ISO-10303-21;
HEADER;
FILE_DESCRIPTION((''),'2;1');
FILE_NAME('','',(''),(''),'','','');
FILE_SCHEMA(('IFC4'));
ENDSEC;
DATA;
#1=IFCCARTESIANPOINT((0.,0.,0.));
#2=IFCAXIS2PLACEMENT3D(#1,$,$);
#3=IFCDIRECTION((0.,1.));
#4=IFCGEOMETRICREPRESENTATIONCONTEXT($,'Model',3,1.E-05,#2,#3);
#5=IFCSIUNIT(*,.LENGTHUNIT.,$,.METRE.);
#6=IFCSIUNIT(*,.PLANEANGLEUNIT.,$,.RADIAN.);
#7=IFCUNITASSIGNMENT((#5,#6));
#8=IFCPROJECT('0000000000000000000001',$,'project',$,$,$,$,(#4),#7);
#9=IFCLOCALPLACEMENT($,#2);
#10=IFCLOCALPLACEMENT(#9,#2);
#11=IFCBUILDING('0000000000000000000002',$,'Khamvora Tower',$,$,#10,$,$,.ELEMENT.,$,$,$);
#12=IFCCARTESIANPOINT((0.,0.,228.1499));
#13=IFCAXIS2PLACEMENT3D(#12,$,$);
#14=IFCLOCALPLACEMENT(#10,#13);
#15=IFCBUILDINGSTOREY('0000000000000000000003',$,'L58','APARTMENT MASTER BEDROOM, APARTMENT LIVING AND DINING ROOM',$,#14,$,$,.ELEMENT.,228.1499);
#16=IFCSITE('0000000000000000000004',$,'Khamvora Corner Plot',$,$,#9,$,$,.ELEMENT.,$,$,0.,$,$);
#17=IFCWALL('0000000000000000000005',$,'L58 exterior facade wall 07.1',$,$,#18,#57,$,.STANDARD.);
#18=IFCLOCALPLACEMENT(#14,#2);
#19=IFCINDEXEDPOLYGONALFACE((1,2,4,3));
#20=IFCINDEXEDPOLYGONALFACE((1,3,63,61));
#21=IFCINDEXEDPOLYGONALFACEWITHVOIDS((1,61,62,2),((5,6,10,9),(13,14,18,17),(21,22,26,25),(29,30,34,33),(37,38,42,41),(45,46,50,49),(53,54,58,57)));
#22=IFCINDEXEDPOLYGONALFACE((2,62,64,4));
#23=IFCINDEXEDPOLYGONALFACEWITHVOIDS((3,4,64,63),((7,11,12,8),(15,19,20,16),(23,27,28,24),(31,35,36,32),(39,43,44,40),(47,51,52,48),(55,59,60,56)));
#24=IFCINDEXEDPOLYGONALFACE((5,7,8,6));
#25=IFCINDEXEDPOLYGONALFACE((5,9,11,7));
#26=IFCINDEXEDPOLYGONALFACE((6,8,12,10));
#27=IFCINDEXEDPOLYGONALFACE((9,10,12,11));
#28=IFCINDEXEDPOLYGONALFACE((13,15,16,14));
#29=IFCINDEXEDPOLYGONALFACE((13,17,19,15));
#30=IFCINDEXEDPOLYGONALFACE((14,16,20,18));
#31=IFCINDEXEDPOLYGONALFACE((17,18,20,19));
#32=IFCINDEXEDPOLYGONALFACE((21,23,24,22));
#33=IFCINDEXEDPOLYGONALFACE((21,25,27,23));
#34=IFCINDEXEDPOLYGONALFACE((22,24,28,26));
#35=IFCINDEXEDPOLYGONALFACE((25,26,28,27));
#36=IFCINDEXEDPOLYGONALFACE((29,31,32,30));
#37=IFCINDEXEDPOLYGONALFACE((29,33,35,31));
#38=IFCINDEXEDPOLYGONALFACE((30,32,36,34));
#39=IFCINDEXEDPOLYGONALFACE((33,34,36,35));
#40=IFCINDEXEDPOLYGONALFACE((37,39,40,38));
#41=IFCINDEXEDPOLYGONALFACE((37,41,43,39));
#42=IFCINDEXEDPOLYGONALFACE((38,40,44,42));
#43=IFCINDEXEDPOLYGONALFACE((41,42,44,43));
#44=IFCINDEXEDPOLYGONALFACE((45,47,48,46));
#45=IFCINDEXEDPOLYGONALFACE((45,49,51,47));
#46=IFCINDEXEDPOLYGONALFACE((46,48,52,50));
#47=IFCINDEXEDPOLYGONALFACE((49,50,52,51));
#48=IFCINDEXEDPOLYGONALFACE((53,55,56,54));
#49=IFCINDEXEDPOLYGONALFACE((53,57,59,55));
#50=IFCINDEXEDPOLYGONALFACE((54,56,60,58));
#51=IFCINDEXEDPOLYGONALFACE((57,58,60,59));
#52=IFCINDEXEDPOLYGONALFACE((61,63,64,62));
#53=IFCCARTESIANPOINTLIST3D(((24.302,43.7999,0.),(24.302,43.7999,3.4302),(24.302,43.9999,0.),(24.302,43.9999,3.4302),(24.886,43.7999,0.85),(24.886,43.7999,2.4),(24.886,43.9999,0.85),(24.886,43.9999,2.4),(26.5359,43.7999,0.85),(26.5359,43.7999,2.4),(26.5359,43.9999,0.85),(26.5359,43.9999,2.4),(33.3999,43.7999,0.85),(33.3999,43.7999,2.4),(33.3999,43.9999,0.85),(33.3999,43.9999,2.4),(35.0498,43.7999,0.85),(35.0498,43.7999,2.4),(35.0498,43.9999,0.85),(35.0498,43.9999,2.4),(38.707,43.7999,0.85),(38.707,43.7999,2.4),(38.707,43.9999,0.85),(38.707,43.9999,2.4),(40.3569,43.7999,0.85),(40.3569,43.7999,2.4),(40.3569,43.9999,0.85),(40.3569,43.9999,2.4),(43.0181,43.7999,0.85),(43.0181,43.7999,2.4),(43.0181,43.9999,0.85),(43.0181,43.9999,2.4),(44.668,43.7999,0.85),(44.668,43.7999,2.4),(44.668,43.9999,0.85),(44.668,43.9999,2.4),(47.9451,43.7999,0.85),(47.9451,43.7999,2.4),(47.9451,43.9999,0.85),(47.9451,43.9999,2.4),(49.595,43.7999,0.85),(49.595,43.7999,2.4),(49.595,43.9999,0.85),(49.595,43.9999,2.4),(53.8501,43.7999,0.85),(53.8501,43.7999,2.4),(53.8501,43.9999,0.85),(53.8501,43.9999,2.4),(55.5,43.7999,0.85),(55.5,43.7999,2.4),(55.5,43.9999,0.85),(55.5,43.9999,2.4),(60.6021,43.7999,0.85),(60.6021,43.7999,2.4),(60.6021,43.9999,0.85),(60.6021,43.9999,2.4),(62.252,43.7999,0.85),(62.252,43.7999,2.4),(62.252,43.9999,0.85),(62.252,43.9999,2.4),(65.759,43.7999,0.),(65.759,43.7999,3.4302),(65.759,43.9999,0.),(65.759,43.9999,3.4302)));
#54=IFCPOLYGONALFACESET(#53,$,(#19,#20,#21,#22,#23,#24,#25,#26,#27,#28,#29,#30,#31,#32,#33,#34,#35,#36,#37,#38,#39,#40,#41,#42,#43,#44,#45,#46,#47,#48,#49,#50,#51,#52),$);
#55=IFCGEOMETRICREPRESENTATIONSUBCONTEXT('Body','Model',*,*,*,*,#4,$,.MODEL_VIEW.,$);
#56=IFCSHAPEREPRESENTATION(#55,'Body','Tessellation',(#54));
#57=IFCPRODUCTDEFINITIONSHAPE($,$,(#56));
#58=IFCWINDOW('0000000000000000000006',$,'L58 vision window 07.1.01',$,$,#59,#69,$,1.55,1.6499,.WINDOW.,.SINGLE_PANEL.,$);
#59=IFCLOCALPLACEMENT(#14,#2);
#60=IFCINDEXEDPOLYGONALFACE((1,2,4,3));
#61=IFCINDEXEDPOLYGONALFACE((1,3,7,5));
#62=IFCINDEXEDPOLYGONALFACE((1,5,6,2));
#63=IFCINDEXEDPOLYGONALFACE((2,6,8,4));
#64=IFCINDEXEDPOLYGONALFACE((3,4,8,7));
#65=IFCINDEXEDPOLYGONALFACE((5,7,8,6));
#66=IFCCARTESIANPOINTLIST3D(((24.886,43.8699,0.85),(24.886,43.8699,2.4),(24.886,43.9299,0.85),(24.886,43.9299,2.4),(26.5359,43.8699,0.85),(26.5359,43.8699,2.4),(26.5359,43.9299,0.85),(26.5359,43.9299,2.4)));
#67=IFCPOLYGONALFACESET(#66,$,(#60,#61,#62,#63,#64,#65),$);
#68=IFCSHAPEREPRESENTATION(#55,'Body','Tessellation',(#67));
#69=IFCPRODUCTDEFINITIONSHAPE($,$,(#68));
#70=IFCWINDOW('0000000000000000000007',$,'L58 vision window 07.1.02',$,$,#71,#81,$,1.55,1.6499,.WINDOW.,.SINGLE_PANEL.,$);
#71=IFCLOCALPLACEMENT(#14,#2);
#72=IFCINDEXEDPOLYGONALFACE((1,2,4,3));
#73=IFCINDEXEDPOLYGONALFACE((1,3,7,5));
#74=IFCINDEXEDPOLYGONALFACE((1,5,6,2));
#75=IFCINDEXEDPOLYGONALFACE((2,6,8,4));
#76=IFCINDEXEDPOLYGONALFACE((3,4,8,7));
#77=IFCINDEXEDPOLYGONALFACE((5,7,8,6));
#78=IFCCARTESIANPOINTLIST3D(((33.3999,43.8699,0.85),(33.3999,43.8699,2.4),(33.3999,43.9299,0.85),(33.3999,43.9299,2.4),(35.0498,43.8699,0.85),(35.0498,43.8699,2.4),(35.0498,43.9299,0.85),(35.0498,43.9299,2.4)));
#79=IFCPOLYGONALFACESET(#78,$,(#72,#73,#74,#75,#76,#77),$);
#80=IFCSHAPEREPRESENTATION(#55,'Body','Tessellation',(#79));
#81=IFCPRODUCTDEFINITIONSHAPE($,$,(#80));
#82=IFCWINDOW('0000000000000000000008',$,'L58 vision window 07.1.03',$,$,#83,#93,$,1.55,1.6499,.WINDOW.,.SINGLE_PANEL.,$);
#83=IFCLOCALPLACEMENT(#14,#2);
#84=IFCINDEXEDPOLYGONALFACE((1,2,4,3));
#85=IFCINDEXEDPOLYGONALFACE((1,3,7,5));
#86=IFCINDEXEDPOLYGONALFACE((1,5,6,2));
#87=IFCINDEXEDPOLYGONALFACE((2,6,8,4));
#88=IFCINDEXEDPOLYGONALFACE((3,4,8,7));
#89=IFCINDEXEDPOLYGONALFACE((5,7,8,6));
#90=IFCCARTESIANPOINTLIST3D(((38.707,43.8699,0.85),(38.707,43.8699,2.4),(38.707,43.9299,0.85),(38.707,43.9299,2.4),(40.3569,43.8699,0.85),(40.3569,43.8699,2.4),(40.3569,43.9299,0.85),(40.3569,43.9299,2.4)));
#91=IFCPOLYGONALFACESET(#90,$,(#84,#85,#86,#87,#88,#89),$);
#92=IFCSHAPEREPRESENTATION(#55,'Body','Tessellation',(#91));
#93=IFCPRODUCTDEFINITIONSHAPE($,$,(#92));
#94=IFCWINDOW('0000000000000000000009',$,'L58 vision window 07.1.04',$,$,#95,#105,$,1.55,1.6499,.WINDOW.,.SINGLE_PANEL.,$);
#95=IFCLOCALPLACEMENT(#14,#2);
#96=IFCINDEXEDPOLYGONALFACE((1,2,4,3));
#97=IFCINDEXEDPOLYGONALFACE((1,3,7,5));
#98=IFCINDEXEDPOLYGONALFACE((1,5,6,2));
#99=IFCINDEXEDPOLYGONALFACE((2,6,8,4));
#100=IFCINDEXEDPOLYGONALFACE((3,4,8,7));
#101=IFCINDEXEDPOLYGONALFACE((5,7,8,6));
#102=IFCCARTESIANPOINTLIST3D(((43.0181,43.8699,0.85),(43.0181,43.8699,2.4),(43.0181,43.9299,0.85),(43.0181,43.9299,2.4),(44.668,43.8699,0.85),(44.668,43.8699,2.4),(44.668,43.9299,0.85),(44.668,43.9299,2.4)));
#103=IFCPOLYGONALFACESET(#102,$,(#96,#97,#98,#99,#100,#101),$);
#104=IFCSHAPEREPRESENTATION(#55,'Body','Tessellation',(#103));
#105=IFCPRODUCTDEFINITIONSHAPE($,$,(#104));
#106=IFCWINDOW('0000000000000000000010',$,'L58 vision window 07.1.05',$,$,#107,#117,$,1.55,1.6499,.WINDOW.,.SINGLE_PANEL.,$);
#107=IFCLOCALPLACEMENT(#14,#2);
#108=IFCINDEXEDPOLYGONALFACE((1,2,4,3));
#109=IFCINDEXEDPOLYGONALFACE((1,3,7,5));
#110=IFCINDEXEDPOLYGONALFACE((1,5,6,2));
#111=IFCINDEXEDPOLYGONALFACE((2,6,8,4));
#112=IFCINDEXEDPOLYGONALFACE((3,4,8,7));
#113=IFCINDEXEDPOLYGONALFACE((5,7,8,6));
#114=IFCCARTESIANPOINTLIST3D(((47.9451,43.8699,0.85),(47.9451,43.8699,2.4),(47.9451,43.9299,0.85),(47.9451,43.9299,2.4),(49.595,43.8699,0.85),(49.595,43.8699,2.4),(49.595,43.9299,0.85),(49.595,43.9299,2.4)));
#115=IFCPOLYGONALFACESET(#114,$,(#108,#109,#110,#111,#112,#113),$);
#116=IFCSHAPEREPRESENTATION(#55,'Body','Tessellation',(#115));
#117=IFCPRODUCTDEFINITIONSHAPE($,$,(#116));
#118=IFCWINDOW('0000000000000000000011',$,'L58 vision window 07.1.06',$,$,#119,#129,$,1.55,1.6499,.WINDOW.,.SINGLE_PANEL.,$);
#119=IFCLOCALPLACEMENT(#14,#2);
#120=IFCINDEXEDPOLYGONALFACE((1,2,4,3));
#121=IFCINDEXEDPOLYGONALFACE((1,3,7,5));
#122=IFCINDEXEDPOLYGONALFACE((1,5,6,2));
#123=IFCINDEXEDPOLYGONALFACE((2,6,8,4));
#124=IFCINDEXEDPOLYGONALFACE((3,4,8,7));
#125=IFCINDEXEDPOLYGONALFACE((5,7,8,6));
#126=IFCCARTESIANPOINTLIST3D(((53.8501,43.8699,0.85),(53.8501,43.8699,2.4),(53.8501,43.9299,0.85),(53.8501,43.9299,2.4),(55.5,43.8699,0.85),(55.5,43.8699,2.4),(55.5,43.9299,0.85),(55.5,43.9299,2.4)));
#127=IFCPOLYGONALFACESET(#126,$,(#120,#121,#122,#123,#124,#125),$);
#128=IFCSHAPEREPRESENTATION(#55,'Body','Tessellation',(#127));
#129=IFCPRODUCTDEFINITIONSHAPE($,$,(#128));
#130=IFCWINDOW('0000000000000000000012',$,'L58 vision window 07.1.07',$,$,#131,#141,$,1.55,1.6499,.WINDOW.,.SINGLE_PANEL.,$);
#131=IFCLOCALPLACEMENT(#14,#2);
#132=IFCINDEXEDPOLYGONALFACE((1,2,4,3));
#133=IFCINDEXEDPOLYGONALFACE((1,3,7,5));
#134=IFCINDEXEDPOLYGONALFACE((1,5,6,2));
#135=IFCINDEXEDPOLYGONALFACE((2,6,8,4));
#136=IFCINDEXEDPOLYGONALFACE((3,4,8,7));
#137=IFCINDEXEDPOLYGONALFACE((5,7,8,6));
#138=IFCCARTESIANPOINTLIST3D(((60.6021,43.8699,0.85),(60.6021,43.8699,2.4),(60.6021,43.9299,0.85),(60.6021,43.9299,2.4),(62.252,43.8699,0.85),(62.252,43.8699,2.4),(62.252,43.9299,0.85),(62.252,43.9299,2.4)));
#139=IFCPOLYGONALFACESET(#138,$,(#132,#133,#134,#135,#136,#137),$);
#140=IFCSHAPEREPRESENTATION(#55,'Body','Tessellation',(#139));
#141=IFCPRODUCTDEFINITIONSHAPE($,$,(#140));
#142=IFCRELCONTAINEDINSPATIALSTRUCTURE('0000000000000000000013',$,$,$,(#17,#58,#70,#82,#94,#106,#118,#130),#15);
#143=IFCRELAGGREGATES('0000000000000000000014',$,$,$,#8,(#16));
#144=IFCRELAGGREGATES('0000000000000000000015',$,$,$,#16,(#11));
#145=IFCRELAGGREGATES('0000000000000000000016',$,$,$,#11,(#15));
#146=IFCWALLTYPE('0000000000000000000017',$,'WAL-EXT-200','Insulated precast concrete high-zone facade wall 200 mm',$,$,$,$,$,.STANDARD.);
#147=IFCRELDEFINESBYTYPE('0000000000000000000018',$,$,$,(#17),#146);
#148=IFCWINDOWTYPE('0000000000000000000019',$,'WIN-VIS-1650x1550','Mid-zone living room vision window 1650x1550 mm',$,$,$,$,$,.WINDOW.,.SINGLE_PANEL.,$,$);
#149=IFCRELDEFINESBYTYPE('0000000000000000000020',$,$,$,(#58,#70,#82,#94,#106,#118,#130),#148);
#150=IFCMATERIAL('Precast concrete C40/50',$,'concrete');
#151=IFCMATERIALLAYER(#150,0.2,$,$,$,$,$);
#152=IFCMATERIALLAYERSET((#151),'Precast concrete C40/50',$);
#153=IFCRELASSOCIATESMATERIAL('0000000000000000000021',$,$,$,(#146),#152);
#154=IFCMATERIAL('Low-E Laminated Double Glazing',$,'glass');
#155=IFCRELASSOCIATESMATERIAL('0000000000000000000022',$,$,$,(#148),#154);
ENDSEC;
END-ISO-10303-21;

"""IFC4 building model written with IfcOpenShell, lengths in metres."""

from ifc_helpers import new_model, si_unit, direction, frame, frame_2d, origin, place, context, subcontext, project, spatial, rectangle, extrude, material, layer, layer_set, type_object, element, fill, save


model = new_model("IFC4")

# Units and contexts
model_context = context("Model", 3, precision=1e-05, world=origin(), true_north=direction((0.0, 1.0)))
body_context = subcontext(model_context, "Body", "Model", "MODEL_VIEW")
ifc_project = project(units=[si_unit("LENGTHUNIT", "METRE"), si_unit("PLANEANGLEUNIT", "RADIAN")], contexts=[model_context])

# Site, building, storey
site_placement = place(None, origin())
site = spatial("IfcSite", under=ifc_project, at=site_placement, Name="Khamvora Corner Plot", CompositionType="ELEMENT", RefElevation=0.0)
building_placement = place(site_placement, origin())
building = spatial("IfcBuilding", under=site, at=building_placement, Name="Khamvora Tower", CompositionType="ELEMENT")
storey_placement = place(building_placement, frame((0.0, 0.0, 228.1499)))
storey = spatial("IfcBuildingStorey", under=building, at=storey_placement, Name="L58", Description="APARTMENT MASTER BEDROOM, APARTMENT LIVING AND DINING ROOM", CompositionType="ELEMENT", Elevation=228.1499)

# Shared definitions
ifc_material_1 = material(Name="Precast concrete C40/50", Category="concrete")
ifc_layer_1 = layer(ifc_material_1, 0.2)
ifc_layer_set_1 = layer_set([ifc_layer_1], Name="Precast concrete C40/50")
wall_type_1 = type_object("IfcWallType", Name="WAL-EXT-200", Description="Insulated precast concrete high-zone facade wall 200 mm", PredefinedType="STANDARD", material=ifc_layer_set_1)

# Wall, openings, windows
wall_1_placement = place(storey_placement, frame((24.302, 43.8999, 0.0), z_axis=(0.0, 0.0, 1.0), x_axis=(1.0, 0.0, 0.0)))
wall_1 = element("IfcWall", 1, at=wall_1_placement, inside=storey, type_object=wall_type_1, Name="L58 exterior facade wall 07.1", PredefinedType="STANDARD", context=body_context, shape_type="SweptSolid", body=[
    extrude(rectangle(XDim=41.457, YDim=0.2, at=frame_2d((20.7285, 0.0))), origin(), (0.0, 0.0, 1.0), 3.4302),
])
opening_1_placement = place(wall_1_placement, frame((0.584, 0.0, 0.8501)))
opening_1 = element("IfcOpeningElement", 2, at=opening_1_placement, cuts=wall_1, PredefinedType="OPENING", context=body_context, shape_type="SweptSolid", body=[
    extrude(rectangle(XDim=1.6499, YDim=1.55, at=frame_2d((0.825, 0.7749))), frame((0.0, 0.1099, 0.0), z_axis=(0.0, -1.0, 0.0), x_axis=(1.0, 0.0, 0.0)), (0.0, 0.0, 1.0), 0.22),
])
opening_2_placement = place(wall_1_placement, frame((9.0979, 0.0, 0.8501)))
opening_2 = element("IfcOpeningElement", 3, at=opening_2_placement, cuts=wall_1, PredefinedType="OPENING", context=body_context, shape_type="SweptSolid", body=[
    extrude(rectangle(XDim=1.6499, YDim=1.55, at=frame_2d((0.825, 0.7749))), frame((0.0, 0.1099, 0.0), z_axis=(0.0, -1.0, 0.0), x_axis=(1.0, 0.0, 0.0)), (0.0, 0.0, 1.0), 0.22),
])
opening_3_placement = place(wall_1_placement, frame((14.405, 0.0, 0.8501)))
opening_3 = element("IfcOpeningElement", 4, at=opening_3_placement, cuts=wall_1, PredefinedType="OPENING", context=body_context, shape_type="SweptSolid", body=[
    extrude(rectangle(XDim=1.6499, YDim=1.55, at=frame_2d((0.825, 0.7749))), frame((0.0, 0.1099, 0.0), z_axis=(0.0, -1.0, 0.0), x_axis=(1.0, 0.0, 0.0)), (0.0, 0.0, 1.0), 0.22),
])
opening_4_placement = place(wall_1_placement, frame((18.7161, 0.0, 0.8501)))
opening_4 = element("IfcOpeningElement", 5, at=opening_4_placement, cuts=wall_1, PredefinedType="OPENING", context=body_context, shape_type="SweptSolid", body=[
    extrude(rectangle(XDim=1.6499, YDim=1.55, at=frame_2d((0.825, 0.7749))), frame((0.0, 0.1099, 0.0), z_axis=(0.0, -1.0, 0.0), x_axis=(1.0, 0.0, 0.0)), (0.0, 0.0, 1.0), 0.22),
])
opening_5_placement = place(wall_1_placement, frame((23.6431, 0.0, 0.8501)))
opening_5 = element("IfcOpeningElement", 6, at=opening_5_placement, cuts=wall_1, PredefinedType="OPENING", context=body_context, shape_type="SweptSolid", body=[
    extrude(rectangle(XDim=1.6499, YDim=1.55, at=frame_2d((0.825, 0.7749))), frame((0.0, 0.1099, 0.0), z_axis=(0.0, -1.0, 0.0), x_axis=(1.0, 0.0, 0.0)), (0.0, 0.0, 1.0), 0.22),
])
opening_6_placement = place(wall_1_placement, frame((29.5481, 0.0, 0.8501)))
opening_6 = element("IfcOpeningElement", 7, at=opening_6_placement, cuts=wall_1, PredefinedType="OPENING", context=body_context, shape_type="SweptSolid", body=[
    extrude(rectangle(XDim=1.6499, YDim=1.55, at=frame_2d((0.825, 0.7749))), frame((0.0, 0.1099, 0.0), z_axis=(0.0, -1.0, 0.0), x_axis=(1.0, 0.0, 0.0)), (0.0, 0.0, 1.0), 0.22),
])
opening_7_placement = place(wall_1_placement, frame((36.3, 0.0, 0.8501)))
opening_7 = element("IfcOpeningElement", 8, at=opening_7_placement, cuts=wall_1, PredefinedType="OPENING", context=body_context, shape_type="SweptSolid", body=[
    extrude(rectangle(XDim=1.6499, YDim=1.55, at=frame_2d((0.825, 0.7749))), frame((0.0, 0.1099, 0.0), z_axis=(0.0, -1.0, 0.0), x_axis=(1.0, 0.0, 0.0)), (0.0, 0.0, 1.0), 0.22),
])
ifc_material_2 = material(Name="Low-E Laminated Double Glazing", Category="glass")
window_type = type_object("IfcWindowType", Name="WIN-VIS-1650x1550", Description="Mid-zone living room vision window 1650x1550 mm", PartitioningType="SINGLE_PANEL", PredefinedType="WINDOW", material=ifc_material_2)
window_1_placement = place(opening_1_placement, origin())
window_1 = element("IfcWindow", 9, at=window_1_placement, inside=storey, type_object=window_type, Name="L58 vision window 07.1.01", OverallHeight=1.55, OverallWidth=1.6499, PartitioningType="SINGLE_PANEL", PredefinedType="WINDOW", context=body_context, shape_type="SweptSolid", body=[
    extrude(rectangle(XDim=1.6499, YDim=1.55, at=frame_2d((0.825, 0.7749))), frame((0.0, 0.03, 0.0), z_axis=(0.0, -1.0, 0.0), x_axis=(1.0, 0.0, 0.0)), (0.0, 0.0, 1.0), 0.0601),
])
fill(opening_1, window_1)
window_2_placement = place(opening_2_placement, origin())
window_2 = element("IfcWindow", 10, at=window_2_placement, inside=storey, type_object=window_type, Name="L58 vision window 07.1.02", OverallHeight=1.55, OverallWidth=1.6499, PartitioningType="SINGLE_PANEL", PredefinedType="WINDOW", context=body_context, shape_type="SweptSolid", body=[
    extrude(rectangle(XDim=1.6499, YDim=1.55, at=frame_2d((0.825, 0.7749))), frame((0.0, 0.03, 0.0), z_axis=(0.0, -1.0, 0.0), x_axis=(1.0, 0.0, 0.0)), (0.0, 0.0, 1.0), 0.0601),
])
fill(opening_2, window_2)
window_3_placement = place(opening_3_placement, origin())
window_3 = element("IfcWindow", 11, at=window_3_placement, inside=storey, type_object=window_type, Name="L58 vision window 07.1.03", OverallHeight=1.55, OverallWidth=1.6499, PartitioningType="SINGLE_PANEL", PredefinedType="WINDOW", context=body_context, shape_type="SweptSolid", body=[
    extrude(rectangle(XDim=1.6499, YDim=1.55, at=frame_2d((0.825, 0.7749))), frame((0.0, 0.03, 0.0), z_axis=(0.0, -1.0, 0.0), x_axis=(1.0, 0.0, 0.0)), (0.0, 0.0, 1.0), 0.0601),
])
fill(opening_3, window_3)
window_4_placement = place(opening_4_placement, origin())
window_4 = element("IfcWindow", 12, at=window_4_placement, inside=storey, type_object=window_type, Name="L58 vision window 07.1.04", OverallHeight=1.55, OverallWidth=1.6499, PartitioningType="SINGLE_PANEL", PredefinedType="WINDOW", context=body_context, shape_type="SweptSolid", body=[
    extrude(rectangle(XDim=1.6499, YDim=1.55, at=frame_2d((0.825, 0.7749))), frame((0.0, 0.03, 0.0), z_axis=(0.0, -1.0, 0.0), x_axis=(1.0, 0.0, 0.0)), (0.0, 0.0, 1.0), 0.0601),
])
fill(opening_4, window_4)
window_5_placement = place(opening_5_placement, origin())
window_5 = element("IfcWindow", 13, at=window_5_placement, inside=storey, type_object=window_type, Name="L58 vision window 07.1.05", OverallHeight=1.55, OverallWidth=1.6499, PartitioningType="SINGLE_PANEL", PredefinedType="WINDOW", context=body_context, shape_type="SweptSolid", body=[
    extrude(rectangle(XDim=1.6499, YDim=1.55, at=frame_2d((0.825, 0.7749))), frame((0.0, 0.03, 0.0), z_axis=(0.0, -1.0, 0.0), x_axis=(1.0, 0.0, 0.0)), (0.0, 0.0, 1.0), 0.0601),
])
fill(opening_5, window_5)
window_6_placement = place(opening_6_placement, origin())
window_6 = element("IfcWindow", 14, at=window_6_placement, inside=storey, type_object=window_type, Name="L58 vision window 07.1.06", OverallHeight=1.55, OverallWidth=1.6499, PartitioningType="SINGLE_PANEL", PredefinedType="WINDOW", context=body_context, shape_type="SweptSolid", body=[
    extrude(rectangle(XDim=1.6499, YDim=1.55, at=frame_2d((0.825, 0.7749))), frame((0.0, 0.03, 0.0), z_axis=(0.0, -1.0, 0.0), x_axis=(1.0, 0.0, 0.0)), (0.0, 0.0, 1.0), 0.0601),
])
fill(opening_6, window_6)
window_7_placement = place(opening_7_placement, origin())
window_7 = element("IfcWindow", 15, at=window_7_placement, inside=storey, type_object=window_type, Name="L58 vision window 07.1.07", OverallHeight=1.55, OverallWidth=1.6499, PartitioningType="SINGLE_PANEL", PredefinedType="WINDOW", context=body_context, shape_type="SweptSolid", body=[
    extrude(rectangle(XDim=1.6499, YDim=1.55, at=frame_2d((0.825, 0.7749))), frame((0.0, 0.03, 0.0), z_axis=(0.0, -1.0, 0.0), x_axis=(1.0, 0.0, 0.0)), (0.0, 0.0, 1.0), 0.0601),
])
fill(opening_7, window_7)

save(model, "model.ifc")
